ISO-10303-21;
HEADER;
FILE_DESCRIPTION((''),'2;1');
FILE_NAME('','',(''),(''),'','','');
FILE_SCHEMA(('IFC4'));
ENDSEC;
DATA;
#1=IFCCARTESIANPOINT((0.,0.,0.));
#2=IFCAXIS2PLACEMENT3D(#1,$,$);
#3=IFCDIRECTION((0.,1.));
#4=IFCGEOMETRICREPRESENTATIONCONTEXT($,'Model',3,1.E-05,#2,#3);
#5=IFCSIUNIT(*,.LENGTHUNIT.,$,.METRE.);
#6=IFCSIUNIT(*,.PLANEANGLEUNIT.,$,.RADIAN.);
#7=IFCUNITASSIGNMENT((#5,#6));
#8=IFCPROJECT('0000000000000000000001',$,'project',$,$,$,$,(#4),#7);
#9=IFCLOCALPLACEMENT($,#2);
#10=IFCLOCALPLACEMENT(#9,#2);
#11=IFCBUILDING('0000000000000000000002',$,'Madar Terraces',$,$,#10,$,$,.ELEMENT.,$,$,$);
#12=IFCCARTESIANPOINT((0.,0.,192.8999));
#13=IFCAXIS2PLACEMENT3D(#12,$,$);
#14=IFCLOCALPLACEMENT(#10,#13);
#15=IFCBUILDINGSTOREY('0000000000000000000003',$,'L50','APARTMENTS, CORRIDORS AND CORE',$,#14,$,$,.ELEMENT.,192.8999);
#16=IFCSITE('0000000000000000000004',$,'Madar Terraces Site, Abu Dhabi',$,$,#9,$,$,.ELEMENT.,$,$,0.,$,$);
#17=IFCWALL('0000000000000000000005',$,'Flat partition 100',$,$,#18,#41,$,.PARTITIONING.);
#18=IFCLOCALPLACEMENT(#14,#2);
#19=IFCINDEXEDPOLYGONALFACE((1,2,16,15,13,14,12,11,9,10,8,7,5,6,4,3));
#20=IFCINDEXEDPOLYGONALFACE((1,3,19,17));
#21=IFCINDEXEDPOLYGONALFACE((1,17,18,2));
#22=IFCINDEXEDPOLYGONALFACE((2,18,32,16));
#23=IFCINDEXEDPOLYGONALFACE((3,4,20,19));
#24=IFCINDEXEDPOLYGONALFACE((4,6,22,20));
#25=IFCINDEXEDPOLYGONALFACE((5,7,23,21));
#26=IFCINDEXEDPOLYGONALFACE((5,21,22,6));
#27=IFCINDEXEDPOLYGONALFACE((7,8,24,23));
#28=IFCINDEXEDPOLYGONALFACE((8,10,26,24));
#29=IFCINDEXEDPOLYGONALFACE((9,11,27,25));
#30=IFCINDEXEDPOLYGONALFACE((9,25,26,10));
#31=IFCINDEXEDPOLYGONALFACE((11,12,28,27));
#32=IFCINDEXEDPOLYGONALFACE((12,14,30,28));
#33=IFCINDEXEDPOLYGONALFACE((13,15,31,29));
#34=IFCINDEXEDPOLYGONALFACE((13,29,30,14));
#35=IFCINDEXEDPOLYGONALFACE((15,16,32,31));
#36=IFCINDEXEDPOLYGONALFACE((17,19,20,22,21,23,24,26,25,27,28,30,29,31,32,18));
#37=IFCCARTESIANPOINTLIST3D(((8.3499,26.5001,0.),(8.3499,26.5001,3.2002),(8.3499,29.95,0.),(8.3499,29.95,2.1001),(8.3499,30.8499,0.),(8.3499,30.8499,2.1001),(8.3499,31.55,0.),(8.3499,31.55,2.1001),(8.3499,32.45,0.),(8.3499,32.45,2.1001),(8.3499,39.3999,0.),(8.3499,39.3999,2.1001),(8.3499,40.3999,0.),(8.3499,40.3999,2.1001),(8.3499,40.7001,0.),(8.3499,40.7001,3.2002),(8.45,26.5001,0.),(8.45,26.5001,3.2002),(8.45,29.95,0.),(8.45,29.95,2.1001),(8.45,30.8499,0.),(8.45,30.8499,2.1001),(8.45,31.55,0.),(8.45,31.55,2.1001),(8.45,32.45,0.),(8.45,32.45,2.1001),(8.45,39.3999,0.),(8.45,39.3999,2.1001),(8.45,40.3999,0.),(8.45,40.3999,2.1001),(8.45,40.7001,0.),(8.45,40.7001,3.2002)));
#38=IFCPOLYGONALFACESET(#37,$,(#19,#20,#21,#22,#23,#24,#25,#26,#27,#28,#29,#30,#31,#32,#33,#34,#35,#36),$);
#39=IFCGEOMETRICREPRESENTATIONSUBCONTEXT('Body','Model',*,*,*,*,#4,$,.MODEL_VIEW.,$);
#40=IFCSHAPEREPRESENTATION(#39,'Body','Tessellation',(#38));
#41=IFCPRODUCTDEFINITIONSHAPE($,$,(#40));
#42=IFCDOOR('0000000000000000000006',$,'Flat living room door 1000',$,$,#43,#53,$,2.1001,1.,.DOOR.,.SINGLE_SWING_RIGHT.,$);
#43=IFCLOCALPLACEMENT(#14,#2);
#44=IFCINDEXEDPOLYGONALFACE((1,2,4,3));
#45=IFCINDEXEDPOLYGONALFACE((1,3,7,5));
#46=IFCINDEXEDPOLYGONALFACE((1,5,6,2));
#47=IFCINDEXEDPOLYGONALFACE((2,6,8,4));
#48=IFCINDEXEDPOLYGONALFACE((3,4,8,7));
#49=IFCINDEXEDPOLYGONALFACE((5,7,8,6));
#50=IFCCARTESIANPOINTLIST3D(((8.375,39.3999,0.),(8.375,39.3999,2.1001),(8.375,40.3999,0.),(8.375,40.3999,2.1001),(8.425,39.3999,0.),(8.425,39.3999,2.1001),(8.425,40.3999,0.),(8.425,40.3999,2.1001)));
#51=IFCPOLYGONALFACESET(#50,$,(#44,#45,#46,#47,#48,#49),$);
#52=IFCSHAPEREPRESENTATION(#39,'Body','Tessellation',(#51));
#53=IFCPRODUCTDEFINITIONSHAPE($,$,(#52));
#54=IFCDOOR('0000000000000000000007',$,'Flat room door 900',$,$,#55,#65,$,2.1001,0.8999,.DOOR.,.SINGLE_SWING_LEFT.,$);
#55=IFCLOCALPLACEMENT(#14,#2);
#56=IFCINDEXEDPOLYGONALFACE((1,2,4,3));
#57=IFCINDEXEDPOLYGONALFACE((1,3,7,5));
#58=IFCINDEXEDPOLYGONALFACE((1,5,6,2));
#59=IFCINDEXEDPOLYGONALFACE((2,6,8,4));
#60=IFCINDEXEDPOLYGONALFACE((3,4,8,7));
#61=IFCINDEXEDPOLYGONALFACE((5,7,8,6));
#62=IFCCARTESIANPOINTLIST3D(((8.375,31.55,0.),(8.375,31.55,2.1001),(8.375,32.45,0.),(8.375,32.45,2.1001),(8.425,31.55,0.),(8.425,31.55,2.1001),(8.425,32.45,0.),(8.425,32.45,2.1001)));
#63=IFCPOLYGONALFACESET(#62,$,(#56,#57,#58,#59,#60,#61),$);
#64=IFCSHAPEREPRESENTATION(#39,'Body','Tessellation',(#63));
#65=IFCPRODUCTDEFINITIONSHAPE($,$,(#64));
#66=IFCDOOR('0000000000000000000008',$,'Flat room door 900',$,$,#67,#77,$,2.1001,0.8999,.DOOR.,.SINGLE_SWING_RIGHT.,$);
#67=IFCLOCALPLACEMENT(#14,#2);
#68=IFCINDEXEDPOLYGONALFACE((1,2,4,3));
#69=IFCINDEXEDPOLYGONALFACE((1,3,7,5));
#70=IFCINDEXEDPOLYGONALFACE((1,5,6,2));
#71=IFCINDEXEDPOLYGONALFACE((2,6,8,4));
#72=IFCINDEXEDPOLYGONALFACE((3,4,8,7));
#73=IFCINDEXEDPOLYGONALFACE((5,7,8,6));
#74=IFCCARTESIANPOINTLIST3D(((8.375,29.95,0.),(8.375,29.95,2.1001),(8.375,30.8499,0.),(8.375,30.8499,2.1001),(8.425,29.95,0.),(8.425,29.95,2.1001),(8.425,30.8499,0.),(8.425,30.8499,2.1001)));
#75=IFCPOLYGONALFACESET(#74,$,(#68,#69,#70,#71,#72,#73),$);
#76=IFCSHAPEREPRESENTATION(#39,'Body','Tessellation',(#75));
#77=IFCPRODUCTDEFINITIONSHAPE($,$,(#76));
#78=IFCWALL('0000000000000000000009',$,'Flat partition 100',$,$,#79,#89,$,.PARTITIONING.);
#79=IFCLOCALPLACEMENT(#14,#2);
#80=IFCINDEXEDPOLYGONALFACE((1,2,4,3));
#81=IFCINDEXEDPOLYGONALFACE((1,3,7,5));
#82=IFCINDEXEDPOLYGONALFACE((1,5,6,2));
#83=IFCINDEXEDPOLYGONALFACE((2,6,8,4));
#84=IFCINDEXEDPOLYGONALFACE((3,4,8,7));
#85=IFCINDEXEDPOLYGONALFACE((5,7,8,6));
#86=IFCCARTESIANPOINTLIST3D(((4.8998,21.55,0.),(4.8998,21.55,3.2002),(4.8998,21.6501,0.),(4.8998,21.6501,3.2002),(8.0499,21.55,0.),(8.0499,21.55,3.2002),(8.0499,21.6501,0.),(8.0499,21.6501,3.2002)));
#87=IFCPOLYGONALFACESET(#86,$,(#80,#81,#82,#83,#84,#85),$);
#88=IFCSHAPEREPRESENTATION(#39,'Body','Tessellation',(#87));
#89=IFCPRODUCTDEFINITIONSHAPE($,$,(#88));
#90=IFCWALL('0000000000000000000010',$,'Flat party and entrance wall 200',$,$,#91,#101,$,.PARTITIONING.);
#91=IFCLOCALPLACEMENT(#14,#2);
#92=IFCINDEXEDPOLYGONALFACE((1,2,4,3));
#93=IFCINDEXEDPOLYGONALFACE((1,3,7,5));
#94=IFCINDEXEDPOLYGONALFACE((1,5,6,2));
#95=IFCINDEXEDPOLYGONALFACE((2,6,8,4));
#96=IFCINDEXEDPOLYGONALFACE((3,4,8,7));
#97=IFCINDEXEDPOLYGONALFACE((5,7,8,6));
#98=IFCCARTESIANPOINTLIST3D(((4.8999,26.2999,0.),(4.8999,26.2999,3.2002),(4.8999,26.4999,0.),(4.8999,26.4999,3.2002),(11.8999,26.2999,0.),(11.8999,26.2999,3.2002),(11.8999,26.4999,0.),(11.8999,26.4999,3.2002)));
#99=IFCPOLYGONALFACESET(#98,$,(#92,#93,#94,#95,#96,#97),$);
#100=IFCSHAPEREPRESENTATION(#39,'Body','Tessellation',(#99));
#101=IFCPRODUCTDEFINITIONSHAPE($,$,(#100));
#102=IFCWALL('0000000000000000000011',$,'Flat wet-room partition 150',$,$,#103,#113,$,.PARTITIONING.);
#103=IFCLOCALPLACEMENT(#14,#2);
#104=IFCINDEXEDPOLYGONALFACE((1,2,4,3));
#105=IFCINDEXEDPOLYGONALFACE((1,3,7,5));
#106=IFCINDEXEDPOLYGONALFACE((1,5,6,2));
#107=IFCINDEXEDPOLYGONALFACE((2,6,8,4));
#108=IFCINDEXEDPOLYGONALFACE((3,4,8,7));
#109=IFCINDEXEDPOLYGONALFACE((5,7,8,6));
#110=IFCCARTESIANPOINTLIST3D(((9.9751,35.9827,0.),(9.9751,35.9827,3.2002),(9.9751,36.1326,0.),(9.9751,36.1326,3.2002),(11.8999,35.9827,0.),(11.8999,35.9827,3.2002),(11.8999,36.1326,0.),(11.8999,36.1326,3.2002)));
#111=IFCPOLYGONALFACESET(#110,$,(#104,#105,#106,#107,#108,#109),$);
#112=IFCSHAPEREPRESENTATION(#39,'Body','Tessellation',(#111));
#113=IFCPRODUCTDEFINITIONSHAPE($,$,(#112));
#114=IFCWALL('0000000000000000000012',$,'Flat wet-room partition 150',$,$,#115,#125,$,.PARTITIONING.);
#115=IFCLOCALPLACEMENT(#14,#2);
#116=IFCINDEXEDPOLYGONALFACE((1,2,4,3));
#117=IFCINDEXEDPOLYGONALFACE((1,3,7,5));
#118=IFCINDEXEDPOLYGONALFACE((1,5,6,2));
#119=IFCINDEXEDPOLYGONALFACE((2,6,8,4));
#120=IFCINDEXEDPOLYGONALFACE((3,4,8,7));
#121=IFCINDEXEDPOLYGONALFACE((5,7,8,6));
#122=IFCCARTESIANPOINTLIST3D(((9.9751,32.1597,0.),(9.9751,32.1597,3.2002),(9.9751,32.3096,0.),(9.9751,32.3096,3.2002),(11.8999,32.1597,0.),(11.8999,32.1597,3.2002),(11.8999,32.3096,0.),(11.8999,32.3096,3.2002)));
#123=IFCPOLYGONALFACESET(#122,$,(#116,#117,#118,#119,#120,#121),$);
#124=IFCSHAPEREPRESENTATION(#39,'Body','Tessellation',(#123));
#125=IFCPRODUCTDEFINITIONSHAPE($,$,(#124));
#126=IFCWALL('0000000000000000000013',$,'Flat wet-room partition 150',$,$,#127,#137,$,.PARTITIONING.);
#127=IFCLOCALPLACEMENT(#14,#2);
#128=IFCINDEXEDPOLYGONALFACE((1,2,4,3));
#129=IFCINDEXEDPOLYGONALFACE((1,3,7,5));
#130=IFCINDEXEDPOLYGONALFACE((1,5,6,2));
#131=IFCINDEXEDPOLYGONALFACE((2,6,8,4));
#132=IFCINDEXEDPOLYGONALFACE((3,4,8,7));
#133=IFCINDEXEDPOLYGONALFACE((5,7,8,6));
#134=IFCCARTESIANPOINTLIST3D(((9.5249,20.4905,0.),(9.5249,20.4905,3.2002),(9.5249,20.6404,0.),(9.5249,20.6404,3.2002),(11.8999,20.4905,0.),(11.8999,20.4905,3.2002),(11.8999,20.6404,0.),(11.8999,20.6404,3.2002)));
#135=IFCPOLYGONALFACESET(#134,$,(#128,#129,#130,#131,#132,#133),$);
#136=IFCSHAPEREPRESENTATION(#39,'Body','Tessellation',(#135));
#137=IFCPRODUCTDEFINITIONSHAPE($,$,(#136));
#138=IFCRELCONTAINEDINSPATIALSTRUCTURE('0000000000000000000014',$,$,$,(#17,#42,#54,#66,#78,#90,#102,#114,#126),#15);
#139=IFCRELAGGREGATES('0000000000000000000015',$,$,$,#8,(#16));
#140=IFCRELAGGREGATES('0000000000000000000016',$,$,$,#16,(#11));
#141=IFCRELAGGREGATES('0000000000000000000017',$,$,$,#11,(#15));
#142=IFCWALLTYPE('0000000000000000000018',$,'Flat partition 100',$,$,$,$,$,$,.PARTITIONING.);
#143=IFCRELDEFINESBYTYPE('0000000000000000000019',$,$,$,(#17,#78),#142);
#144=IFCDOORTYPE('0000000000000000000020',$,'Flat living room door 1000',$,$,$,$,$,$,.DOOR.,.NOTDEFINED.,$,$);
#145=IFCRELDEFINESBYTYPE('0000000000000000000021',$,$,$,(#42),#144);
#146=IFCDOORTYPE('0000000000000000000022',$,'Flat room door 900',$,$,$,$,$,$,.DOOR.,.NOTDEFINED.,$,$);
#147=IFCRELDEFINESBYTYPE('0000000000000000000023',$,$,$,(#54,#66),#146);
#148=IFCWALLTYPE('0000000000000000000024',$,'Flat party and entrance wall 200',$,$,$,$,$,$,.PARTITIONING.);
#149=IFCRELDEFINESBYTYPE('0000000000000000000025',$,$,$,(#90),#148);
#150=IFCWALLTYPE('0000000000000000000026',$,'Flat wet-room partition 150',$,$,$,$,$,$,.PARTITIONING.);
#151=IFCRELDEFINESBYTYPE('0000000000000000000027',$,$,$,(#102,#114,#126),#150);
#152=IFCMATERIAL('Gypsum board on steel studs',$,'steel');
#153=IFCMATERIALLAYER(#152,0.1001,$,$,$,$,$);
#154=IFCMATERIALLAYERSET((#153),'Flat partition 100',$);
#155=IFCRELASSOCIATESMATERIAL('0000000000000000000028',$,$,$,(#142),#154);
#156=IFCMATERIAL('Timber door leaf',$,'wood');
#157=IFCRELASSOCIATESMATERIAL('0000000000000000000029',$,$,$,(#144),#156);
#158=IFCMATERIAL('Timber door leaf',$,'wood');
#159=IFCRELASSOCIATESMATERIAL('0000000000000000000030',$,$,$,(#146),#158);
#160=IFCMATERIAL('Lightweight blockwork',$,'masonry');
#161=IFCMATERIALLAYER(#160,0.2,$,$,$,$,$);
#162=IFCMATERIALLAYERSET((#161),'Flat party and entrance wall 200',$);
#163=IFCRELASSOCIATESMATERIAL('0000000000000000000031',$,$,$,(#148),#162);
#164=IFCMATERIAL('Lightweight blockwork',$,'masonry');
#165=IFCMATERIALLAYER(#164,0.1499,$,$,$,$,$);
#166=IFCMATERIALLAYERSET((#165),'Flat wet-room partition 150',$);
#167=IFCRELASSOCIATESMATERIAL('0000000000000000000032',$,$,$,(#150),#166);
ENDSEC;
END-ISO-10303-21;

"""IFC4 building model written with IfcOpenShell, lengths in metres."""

from ifc_helpers import new_model, si_unit, direction, frame, frame_2d, origin, place, context, subcontext, project, spatial, rectangle, extrude, material, layer, layer_set, type_object, element, fill, save


model = new_model("IFC4")

# Units and contexts
model_context = context("Model", 3, precision=1e-05, world=origin(), true_north=direction((0.0, 1.0)))
body_context = subcontext(model_context, "Body", "Model", "MODEL_VIEW")
ifc_project = project(units=[si_unit("LENGTHUNIT", "METRE"), si_unit("PLANEANGLEUNIT", "RADIAN")], contexts=[model_context])

# Site, building, storey
site_placement = place(None, origin())
site = spatial("IfcSite", under=ifc_project, at=site_placement, Name="Madar Terraces Site, Abu Dhabi", CompositionType="ELEMENT", RefElevation=0.0)
building_placement = place(site_placement, origin())
building = spatial("IfcBuilding", under=site, at=building_placement, Name="Madar Terraces", CompositionType="ELEMENT")
storey_placement = place(building_placement, frame((0.0, 0.0, 192.8999)))
storey = spatial("IfcBuildingStorey", under=building, at=storey_placement, Name="L50", Description="APARTMENTS, CORRIDORS AND CORE", CompositionType="ELEMENT", Elevation=192.8999)

# Shared definitions
ifc_material_1 = material(Name="Gypsum board on steel studs", Category="steel")
ifc_layer_1 = layer(ifc_material_1, 0.1001)
ifc_layer_set_1 = layer_set([ifc_layer_1], Name="Flat partition 100")
wall_type_1 = type_object("IfcWallType", Name="Flat partition 100", PredefinedType="PARTITIONING", material=ifc_layer_set_1)

# Wall, openings, doors
wall_1_placement = place(storey_placement, frame((8.3999, 26.5, 0.0), z_axis=(0.0, 0.0, 1.0), x_axis=(0.0, 1.0, 0.0)))
wall_1 = element("IfcWall", 1, at=wall_1_placement, inside=storey, type_object=wall_type_1, Name="Flat partition 100", PredefinedType="PARTITIONING", context=body_context, shape_type="SweptSolid", body=[
    extrude(rectangle(XDim=14.2, YDim=0.1001, at=frame_2d((7.1001, 0.0))), origin(), (0.0, 0.0, 1.0), 3.2002),
])
opening_1_placement = place(wall_1_placement, frame((12.8999, 0.0, 0.0)))
opening_1 = element("IfcOpeningElement", 2, at=opening_1_placement, cuts=wall_1, PredefinedType="OPENING", context=body_context, shape_type="SweptSolid", body=[
    extrude(rectangle(XDim=1.0, YDim=2.1001, at=frame_2d((0.5, 1.05))), frame((0.0, 0.0601, 0.0), z_axis=(0.0, -1.0, 0.0), x_axis=(1.0, 0.0, 0.0)), (0.0, 0.0, 1.0), 0.1201),
])
opening_2_placement = place(wall_1_placement, frame((5.05, 0.0, 0.0)))
opening_2 = element("IfcOpeningElement", 3, at=opening_2_placement, cuts=wall_1, PredefinedType="OPENING", context=body_context, shape_type="SweptSolid", body=[
    extrude(rectangle(XDim=0.8999, YDim=2.1001, at=frame_2d((0.45, 1.05))), frame((0.0, 0.0601, 0.0), z_axis=(0.0, -1.0, 0.0), x_axis=(1.0, 0.0, 0.0)), (0.0, 0.0, 1.0), 0.1201),
])
opening_3_placement = place(wall_1_placement, frame((3.45, 0.0, 0.0)))
opening_3 = element("IfcOpeningElement", 4, at=opening_3_placement, cuts=wall_1, PredefinedType="OPENING", context=body_context, shape_type="SweptSolid", body=[
    extrude(rectangle(XDim=0.8999, YDim=2.1001, at=frame_2d((0.45, 1.05))), frame((0.0, 0.0601, 0.0), z_axis=(0.0, -1.0, 0.0), x_axis=(1.0, 0.0, 0.0)), (0.0, 0.0, 1.0), 0.1201),
])
ifc_material_2 = material(Name="Timber door leaf", Category="wood")
door_type_1 = type_object("IfcDoorType", Name="Flat living room door 1000", OperationType="NOTDEFINED", PredefinedType="DOOR", material=ifc_material_2)
door_1_placement = place(opening_1_placement, origin())
door_1 = element("IfcDoor", 5, at=door_1_placement, inside=storey, type_object=door_type_1, Name="Flat living room door 1000", OperationType="SINGLE_SWING_RIGHT", OverallHeight=2.1001, OverallWidth=1.0, PredefinedType="DOOR", context=body_context, shape_type="SweptSolid", body=[
    extrude(rectangle(XDim=1.0, YDim=2.1001, at=frame_2d((0.5, 1.05))), frame((0.0, 0.0249, 0.0), z_axis=(0.0, -1.0, 0.0), x_axis=(1.0, 0.0, 0.0)), (0.0, 0.0, 1.0), 0.05),
])
fill(opening_1, door_1)
ifc_material_3 = material(Name="Timber door leaf", Category="wood")
door_type_2 = type_object("IfcDoorType", Name="Flat room door 900", OperationType="NOTDEFINED", PredefinedType="DOOR", material=ifc_material_3)
door_2_placement = place(opening_2_placement, origin())
door_2 = element("IfcDoor", 6, at=door_2_placement, inside=storey, type_object=door_type_2, Name="Flat room door 900", OperationType="SINGLE_SWING_LEFT", OverallHeight=2.1001, OverallWidth=0.8999, PredefinedType="DOOR", context=body_context, shape_type="SweptSolid", body=[
    extrude(rectangle(XDim=0.8999, YDim=2.1001, at=frame_2d((0.45, 1.05))), frame((0.0, 0.0249, 0.0), z_axis=(0.0, -1.0, 0.0), x_axis=(1.0, 0.0, 0.0)), (0.0, 0.0, 1.0), 0.05),
])
fill(opening_2, door_2)
door_3_placement = place(opening_3_placement, origin())
door_3 = element("IfcDoor", 7, at=door_3_placement, inside=storey, type_object=door_type_2, Name="Flat room door 900", OperationType="SINGLE_SWING_RIGHT", OverallHeight=2.1001, OverallWidth=0.8999, PredefinedType="DOOR", context=body_context, shape_type="SweptSolid", body=[
    extrude(rectangle(XDim=0.8999, YDim=2.1001, at=frame_2d((0.45, 1.05))), frame((0.0, 0.0249, 0.0), z_axis=(0.0, -1.0, 0.0), x_axis=(1.0, 0.0, 0.0)), (0.0, 0.0, 1.0), 0.05),
])
fill(opening_3, door_3)

# Walls
wall_2_placement = place(storey_placement, frame((8.05, 21.6001, 0.0), z_axis=(0.0, 0.0, 1.0), x_axis=(-1.0, 0.0, 0.0)))
element("IfcWall", 8, at=wall_2_placement, inside=storey, type_object=wall_type_1, Name="Flat partition 100", PredefinedType="PARTITIONING", context=body_context, shape_type="SweptSolid", body=[
    extrude(rectangle(XDim=3.1501, YDim=0.1001, at=frame_2d((1.5752, 0.0))), origin(), (0.0, 0.0, 1.0), 3.2002),
])
ifc_material_4 = material(Name="Lightweight blockwork", Category="masonry")
ifc_layer_2 = layer(ifc_material_4, 0.2)
ifc_layer_set_2 = layer_set([ifc_layer_2], Name="Flat party and entrance wall 200")
wall_type_2 = type_object("IfcWallType", Name="Flat party and entrance wall 200", PredefinedType="PARTITIONING", material=ifc_layer_set_2)
wall_3_placement = place(storey_placement, frame((4.8999, 26.3999, 0.0), z_axis=(0.0, 0.0, 1.0), x_axis=(1.0, 0.0, 0.0)))
element("IfcWall", 9, at=wall_3_placement, inside=storey, type_object=wall_type_2, Name="Flat party and entrance wall 200", PredefinedType="PARTITIONING", context=body_context, shape_type="SweptSolid", body=[
    extrude(rectangle(XDim=7.0, YDim=0.2, at=frame_2d((3.5, 0.0))), origin(), (0.0, 0.0, 1.0), 3.2002),
])
ifc_material_5 = material(Name="Lightweight blockwork", Category="masonry")
ifc_layer_3 = layer(ifc_material_5, 0.1499)
ifc_layer_set_3 = layer_set([ifc_layer_3], Name="Flat wet-room partition 150")
wall_type_3 = type_object("IfcWallType", Name="Flat wet-room partition 150", PredefinedType="PARTITIONING", material=ifc_layer_set_3)
for number, where, z_axis, x_axis, name in (
    (10, (11.8999, 36.0576, 0.0), (0.0, 0.0, 1.0), (-1.0, 0.0, 0.0), "Flat wet-room partition 150"),
    (11, (11.8999, 32.2346, 0.0), (0.0, 0.0, 1.0), (-1.0, 0.0, 0.0), "Flat wet-room partition 150"),
):
    element("IfcWall", number, at=place(storey_placement, frame(where, z_axis=z_axis, x_axis=x_axis)), inside=storey, type_object=wall_type_3, Name=name, PredefinedType="PARTITIONING", context=body_context, shape_type="SweptSolid", body=[
        extrude(rectangle(XDim=1.9248, YDim=0.1499, at=frame_2d((0.9624, 0.0))), origin(), (0.0, 0.0, 1.0), 3.2002),
    ])
wall_4_placement = place(storey_placement, frame((11.8999, 20.5654, 0.0), z_axis=(0.0, 0.0, 1.0), x_axis=(-1.0, 0.0, 0.0)))
element("IfcWall", 12, at=wall_4_placement, inside=storey, type_object=wall_type_3, Name="Flat wet-room partition 150", PredefinedType="PARTITIONING", context=body_context, shape_type="SweptSolid", body=[
    extrude(rectangle(XDim=2.375, YDim=0.1499, at=frame_2d((1.1875, 0.0))), origin(), (0.0, 0.0, 1.0), 3.2002),
])

save(model, "model.ifc")
